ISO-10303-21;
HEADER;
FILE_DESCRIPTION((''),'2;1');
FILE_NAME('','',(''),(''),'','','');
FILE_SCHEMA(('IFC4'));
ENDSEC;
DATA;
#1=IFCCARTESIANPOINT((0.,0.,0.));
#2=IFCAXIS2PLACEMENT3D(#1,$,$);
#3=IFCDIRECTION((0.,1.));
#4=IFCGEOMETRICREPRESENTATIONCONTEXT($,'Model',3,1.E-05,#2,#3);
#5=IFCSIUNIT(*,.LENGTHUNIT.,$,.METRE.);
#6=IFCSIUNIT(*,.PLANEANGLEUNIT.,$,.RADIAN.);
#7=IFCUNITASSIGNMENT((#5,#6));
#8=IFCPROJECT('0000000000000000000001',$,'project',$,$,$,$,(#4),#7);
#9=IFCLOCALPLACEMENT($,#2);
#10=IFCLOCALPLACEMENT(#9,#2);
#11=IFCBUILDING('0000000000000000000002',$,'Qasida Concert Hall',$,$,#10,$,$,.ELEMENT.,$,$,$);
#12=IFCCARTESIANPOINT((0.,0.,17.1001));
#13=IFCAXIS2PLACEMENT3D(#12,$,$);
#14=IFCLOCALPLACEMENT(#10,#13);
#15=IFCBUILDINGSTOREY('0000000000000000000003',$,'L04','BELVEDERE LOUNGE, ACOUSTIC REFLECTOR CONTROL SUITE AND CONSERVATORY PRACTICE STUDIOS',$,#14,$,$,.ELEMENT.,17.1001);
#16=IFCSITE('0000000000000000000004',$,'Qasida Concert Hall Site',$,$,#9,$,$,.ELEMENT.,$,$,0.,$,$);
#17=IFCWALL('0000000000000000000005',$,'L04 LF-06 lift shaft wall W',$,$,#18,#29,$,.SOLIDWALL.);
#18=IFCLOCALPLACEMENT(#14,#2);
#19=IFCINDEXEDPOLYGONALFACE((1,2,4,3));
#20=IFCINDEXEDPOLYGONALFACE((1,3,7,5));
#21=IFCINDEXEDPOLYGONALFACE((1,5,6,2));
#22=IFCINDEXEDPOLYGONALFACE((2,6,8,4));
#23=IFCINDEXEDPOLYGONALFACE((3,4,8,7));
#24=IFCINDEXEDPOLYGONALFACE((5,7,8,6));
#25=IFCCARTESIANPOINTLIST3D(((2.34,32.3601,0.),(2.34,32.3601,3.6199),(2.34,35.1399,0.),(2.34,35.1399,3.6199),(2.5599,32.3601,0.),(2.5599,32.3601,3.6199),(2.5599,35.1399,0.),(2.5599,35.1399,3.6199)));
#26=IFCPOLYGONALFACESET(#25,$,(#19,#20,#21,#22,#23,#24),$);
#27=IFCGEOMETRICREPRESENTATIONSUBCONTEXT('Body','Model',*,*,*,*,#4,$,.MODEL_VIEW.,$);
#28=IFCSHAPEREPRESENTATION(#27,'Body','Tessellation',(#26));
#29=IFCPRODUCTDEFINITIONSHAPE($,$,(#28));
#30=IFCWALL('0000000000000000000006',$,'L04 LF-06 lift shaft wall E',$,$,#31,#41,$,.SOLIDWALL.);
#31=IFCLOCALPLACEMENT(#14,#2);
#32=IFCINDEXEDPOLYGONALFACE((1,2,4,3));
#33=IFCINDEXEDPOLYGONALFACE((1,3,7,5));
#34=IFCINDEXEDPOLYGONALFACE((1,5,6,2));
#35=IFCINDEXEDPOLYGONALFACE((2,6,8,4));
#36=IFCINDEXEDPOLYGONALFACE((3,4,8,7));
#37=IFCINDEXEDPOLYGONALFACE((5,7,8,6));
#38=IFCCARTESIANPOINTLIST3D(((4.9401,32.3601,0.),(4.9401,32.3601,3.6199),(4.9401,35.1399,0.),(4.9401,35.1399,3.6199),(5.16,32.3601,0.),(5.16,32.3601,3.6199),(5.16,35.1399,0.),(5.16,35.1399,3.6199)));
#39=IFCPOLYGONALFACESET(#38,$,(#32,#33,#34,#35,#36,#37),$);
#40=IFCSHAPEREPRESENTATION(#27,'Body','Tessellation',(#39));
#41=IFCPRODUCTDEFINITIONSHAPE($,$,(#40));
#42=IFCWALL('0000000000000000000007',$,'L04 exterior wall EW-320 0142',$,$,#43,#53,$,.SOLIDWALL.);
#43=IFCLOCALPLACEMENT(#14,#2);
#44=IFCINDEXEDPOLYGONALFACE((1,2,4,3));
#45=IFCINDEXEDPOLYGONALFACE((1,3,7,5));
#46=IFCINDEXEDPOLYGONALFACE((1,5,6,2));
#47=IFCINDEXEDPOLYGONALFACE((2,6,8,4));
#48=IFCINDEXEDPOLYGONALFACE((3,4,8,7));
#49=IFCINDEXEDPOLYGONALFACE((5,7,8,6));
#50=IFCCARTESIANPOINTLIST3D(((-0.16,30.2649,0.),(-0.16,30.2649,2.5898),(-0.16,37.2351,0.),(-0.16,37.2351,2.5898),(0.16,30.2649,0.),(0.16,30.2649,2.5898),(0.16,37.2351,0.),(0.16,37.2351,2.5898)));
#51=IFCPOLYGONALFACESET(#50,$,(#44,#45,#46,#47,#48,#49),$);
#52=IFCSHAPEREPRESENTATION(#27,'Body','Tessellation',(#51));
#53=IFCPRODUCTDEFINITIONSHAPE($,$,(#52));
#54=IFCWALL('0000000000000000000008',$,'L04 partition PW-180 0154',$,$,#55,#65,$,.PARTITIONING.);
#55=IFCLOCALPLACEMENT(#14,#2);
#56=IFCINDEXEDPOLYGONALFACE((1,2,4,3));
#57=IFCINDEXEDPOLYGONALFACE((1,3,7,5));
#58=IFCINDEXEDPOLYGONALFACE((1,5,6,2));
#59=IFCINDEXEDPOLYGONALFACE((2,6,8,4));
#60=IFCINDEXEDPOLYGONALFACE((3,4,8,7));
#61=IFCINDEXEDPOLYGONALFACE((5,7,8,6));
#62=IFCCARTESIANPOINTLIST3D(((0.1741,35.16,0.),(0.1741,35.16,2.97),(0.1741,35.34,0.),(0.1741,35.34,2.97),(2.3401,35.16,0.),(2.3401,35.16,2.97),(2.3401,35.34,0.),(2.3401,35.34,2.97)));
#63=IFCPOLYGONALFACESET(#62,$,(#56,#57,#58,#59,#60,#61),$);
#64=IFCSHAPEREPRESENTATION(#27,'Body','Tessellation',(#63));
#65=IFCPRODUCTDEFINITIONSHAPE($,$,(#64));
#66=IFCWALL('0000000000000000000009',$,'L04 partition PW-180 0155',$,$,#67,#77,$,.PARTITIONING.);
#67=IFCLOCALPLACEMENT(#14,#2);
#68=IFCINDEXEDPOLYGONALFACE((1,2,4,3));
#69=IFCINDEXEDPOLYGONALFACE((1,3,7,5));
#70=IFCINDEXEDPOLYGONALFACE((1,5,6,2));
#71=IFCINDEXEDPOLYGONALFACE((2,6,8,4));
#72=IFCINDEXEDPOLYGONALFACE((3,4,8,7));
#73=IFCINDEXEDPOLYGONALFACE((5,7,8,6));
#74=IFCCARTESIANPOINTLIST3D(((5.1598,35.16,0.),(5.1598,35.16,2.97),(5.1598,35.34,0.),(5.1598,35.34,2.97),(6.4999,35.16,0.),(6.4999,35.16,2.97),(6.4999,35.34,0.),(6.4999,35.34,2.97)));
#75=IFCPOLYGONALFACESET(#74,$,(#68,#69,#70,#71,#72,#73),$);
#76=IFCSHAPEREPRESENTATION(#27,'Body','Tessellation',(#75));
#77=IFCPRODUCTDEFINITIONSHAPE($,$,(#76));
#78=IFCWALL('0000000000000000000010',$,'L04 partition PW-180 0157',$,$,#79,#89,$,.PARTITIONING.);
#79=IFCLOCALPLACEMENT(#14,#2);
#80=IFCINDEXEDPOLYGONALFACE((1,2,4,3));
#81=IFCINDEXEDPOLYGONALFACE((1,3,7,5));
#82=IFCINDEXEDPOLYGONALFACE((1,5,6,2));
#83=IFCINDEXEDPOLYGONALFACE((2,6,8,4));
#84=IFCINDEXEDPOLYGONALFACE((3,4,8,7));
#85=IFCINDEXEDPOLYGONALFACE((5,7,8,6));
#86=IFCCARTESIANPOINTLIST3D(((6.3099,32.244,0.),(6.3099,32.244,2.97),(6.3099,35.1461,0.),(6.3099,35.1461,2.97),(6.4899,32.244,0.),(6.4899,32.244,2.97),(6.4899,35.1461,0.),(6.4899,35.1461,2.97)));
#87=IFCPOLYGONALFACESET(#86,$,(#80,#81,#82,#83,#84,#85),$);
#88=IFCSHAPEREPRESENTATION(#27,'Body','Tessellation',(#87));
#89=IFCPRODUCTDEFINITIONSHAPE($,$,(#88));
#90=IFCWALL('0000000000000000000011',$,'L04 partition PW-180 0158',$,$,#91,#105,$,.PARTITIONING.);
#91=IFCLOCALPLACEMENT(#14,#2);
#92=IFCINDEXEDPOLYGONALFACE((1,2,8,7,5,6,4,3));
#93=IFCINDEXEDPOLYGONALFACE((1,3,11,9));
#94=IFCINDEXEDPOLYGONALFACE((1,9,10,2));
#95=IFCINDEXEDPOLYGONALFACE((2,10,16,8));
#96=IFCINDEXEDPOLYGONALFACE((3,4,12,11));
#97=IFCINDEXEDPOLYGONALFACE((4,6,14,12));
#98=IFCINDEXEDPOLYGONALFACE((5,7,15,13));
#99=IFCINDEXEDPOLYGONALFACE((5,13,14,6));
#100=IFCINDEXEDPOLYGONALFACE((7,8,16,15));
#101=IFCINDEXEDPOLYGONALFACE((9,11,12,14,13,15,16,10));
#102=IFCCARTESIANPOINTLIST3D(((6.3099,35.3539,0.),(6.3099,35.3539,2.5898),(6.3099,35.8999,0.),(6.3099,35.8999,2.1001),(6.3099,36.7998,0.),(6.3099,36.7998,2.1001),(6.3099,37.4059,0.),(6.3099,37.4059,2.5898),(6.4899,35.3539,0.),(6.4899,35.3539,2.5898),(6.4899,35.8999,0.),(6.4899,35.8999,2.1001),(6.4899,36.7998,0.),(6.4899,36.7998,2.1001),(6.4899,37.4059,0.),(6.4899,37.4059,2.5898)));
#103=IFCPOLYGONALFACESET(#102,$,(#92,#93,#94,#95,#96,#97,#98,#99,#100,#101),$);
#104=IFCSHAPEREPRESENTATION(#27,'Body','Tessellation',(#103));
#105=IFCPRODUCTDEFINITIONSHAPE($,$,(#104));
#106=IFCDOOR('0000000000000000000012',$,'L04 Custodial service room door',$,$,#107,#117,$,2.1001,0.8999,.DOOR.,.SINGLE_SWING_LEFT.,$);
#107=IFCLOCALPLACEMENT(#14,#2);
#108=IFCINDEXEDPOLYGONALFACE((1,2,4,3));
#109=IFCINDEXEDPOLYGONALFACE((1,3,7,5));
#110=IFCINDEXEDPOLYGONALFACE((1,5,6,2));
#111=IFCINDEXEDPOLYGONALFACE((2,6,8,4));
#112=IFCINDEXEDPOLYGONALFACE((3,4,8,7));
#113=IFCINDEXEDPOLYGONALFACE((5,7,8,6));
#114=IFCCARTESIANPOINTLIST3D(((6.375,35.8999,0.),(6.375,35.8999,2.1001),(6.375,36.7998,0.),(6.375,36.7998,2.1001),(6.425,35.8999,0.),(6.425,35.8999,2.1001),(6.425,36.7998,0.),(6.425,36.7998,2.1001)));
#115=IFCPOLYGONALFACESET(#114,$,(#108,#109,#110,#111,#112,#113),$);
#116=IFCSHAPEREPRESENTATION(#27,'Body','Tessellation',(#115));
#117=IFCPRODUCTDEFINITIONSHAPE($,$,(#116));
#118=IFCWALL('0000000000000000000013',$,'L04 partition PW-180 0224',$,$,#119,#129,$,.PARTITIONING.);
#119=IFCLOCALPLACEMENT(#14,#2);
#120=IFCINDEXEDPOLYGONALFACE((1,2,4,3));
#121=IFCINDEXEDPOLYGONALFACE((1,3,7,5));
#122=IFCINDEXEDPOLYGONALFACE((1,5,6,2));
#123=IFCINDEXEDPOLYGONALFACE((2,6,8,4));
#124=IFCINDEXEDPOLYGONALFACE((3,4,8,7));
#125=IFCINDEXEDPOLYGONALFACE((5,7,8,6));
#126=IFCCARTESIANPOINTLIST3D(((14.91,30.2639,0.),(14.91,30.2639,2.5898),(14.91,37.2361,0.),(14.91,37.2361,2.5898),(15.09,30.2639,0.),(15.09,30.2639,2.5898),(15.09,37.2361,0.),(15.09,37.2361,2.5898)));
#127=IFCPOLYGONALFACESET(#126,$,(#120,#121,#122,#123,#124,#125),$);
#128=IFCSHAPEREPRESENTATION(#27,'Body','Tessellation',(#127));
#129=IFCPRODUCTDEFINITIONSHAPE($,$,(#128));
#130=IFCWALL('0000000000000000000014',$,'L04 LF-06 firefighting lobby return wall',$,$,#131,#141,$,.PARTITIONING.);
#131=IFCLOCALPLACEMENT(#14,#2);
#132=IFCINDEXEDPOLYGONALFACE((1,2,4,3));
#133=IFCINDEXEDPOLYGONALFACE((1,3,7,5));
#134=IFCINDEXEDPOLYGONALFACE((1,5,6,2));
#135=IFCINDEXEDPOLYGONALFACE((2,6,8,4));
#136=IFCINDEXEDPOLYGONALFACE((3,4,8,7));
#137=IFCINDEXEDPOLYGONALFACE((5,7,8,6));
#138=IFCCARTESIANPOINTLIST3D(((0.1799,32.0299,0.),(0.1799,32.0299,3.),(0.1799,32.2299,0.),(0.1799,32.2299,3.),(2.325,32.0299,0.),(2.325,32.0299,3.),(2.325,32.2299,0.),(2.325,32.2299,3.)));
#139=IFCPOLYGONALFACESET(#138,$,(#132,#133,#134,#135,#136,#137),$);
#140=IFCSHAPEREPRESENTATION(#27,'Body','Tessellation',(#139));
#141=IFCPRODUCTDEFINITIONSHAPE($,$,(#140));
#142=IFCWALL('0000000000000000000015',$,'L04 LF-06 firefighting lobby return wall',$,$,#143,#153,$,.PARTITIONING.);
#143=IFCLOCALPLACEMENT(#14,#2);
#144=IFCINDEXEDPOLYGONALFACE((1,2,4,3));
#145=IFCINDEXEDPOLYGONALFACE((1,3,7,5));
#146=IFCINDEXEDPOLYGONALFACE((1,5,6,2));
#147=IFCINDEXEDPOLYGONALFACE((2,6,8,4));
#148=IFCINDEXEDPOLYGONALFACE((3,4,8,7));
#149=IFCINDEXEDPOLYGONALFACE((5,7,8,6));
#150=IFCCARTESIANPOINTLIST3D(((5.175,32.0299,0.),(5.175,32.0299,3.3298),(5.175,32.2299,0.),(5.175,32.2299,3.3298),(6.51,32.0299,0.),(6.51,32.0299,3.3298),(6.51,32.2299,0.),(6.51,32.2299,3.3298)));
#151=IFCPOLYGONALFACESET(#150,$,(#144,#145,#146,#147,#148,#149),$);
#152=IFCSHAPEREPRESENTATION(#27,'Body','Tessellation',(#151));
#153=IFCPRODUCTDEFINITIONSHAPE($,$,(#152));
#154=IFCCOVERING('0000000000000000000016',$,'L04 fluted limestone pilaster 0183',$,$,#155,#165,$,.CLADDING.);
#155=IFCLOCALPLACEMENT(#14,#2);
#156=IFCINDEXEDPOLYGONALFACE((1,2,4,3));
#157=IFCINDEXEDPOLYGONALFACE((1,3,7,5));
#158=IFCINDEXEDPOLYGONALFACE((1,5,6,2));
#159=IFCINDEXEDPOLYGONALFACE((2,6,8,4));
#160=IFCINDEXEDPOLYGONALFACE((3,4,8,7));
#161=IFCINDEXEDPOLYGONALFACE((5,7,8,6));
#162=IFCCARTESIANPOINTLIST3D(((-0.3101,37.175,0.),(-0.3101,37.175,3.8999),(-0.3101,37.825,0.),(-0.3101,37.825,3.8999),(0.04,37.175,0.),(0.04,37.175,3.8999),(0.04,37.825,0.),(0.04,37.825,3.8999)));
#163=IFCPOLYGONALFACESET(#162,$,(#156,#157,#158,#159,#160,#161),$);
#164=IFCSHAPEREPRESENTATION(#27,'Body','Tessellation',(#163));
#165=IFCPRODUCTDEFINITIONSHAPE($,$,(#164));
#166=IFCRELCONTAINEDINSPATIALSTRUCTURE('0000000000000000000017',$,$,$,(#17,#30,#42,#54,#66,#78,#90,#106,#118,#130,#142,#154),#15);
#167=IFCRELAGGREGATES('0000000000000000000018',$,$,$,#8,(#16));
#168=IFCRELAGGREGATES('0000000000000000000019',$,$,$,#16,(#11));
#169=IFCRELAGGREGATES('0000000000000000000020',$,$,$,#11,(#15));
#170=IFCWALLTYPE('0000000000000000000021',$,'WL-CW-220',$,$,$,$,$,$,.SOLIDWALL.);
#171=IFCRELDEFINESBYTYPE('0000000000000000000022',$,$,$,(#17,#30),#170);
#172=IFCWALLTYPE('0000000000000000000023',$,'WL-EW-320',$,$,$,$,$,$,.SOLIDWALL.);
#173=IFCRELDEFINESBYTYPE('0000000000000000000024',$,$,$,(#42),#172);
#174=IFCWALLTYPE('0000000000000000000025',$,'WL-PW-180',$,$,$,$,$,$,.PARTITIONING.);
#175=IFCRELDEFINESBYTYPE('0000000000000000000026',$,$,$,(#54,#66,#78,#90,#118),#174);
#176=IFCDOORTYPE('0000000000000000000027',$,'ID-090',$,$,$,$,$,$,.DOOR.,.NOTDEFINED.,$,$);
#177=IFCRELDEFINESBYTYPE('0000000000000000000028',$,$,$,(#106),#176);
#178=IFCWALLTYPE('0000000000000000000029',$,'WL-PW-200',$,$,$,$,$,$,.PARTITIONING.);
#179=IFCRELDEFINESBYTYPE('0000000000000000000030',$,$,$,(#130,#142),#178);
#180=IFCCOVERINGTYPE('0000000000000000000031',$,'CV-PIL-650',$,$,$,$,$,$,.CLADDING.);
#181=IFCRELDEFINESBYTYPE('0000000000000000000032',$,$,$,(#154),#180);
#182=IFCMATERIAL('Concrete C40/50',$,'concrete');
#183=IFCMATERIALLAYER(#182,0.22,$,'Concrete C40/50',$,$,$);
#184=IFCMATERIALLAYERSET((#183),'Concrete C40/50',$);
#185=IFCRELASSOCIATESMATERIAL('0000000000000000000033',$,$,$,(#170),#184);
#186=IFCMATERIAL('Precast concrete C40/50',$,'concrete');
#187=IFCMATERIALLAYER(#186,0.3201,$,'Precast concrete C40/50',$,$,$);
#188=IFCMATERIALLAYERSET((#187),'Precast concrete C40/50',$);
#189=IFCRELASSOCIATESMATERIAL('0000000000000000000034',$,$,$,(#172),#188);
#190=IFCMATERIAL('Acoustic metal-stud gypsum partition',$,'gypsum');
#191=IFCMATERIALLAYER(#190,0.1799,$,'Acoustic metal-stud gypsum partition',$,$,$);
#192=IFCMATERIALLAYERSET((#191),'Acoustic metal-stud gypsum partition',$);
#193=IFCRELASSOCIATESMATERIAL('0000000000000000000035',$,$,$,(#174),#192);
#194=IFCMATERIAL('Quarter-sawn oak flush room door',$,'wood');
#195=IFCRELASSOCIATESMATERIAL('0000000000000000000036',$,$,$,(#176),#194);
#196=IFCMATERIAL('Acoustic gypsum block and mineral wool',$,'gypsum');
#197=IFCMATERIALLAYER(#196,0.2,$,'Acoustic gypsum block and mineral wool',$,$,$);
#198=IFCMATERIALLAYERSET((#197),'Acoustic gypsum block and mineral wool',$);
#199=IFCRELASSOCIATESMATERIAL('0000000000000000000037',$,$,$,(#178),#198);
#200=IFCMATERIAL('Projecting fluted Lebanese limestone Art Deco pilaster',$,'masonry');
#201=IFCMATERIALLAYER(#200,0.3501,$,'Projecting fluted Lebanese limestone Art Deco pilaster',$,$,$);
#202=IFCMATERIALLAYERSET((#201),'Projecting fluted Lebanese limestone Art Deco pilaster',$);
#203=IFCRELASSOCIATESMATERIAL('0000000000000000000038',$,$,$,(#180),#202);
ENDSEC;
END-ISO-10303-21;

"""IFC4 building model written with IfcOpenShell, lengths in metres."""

from ifc_helpers import new_model, si_unit, direction, frame, frame_2d, origin, origin_2d, place, context, subcontext, project, spatial, rectangle, extrude, material, layer, layer_set, type_object, element, fill, save


model = new_model("IFC4")

# Units and contexts
model_context = context("Model", 3, precision=1e-05, world=origin(), true_north=direction((0.0, 1.0)))
body_context = subcontext(model_context, "Body", "Model", "MODEL_VIEW")
ifc_project = project(units=[si_unit("LENGTHUNIT", "METRE"), si_unit("PLANEANGLEUNIT", "RADIAN")], contexts=[model_context])

# Site, building, storey
site_placement = place(None, origin())
site = spatial("IfcSite", under=ifc_project, at=site_placement, Name="Qasida Concert Hall Site", CompositionType="ELEMENT", RefElevation=0.0)
building_placement = place(site_placement, origin())
building = spatial("IfcBuilding", under=site, at=building_placement, Name="Qasida Concert Hall", CompositionType="ELEMENT")
storey_placement = place(building_placement, frame((0.0, 0.0, 17.1001)))
storey = spatial("IfcBuildingStorey", under=building, at=storey_placement, Name="L04", Description="BELVEDERE LOUNGE, ACOUSTIC REFLECTOR CONTROL SUITE AND CONSERVATORY PRACTICE STUDIOS", CompositionType="ELEMENT", Elevation=17.1001)

# Shared definitions
ifc_material_1 = material(Name="Concrete C40/50", Category="concrete")

# Shared definitions
ifc_layer_1 = layer(ifc_material_1, 0.22, Name="Concrete C40/50")
ifc_layer_set_1 = layer_set([ifc_layer_1], Name="Concrete C40/50")
wall_type_1 = type_object("IfcWallType", Name="WL-CW-220", PredefinedType="SOLIDWALL", material=ifc_layer_set_1)

# Walls
for number, where, z_axis, x_axis, name in (
    (1, (2.45, 32.3601, 0.0), (0.0, 0.0, 1.0), (0.0, 1.0, 0.0), "L04 LF-06 lift shaft wall W"),
    (2, (5.05, 32.3601, 0.0), (0.0, 0.0, 1.0), (0.0, 1.0, 0.0), "L04 LF-06 lift shaft wall E"),
):
    element("IfcWall", number, at=place(storey_placement, frame(where, z_axis=z_axis, x_axis=x_axis)), inside=storey, type_object=wall_type_1, Name=name, PredefinedType="SOLIDWALL", context=body_context, shape_type="SweptSolid", body=[
        extrude(rectangle(XDim=2.7798, YDim=0.22, at=frame_2d((1.3899, 0.0))), origin(), (0.0, 0.0, 1.0), 3.6199),
    ])

# Walls
ifc_material_2 = material(Name="Precast concrete C40/50", Category="concrete")
ifc_layer_2 = layer(ifc_material_2, 0.3201, Name="Precast concrete C40/50")
ifc_layer_set_2 = layer_set([ifc_layer_2], Name="Precast concrete C40/50")
wall_type_2 = type_object("IfcWallType", Name="WL-EW-320", PredefinedType="SOLIDWALL", material=ifc_layer_set_2)
wall_1_placement = place(storey_placement, frame((0.0, 30.2649, 0.0), z_axis=(0.0, 0.0, 1.0), x_axis=(0.0, 1.0, 0.0)))
element("IfcWall", 3, at=wall_1_placement, inside=storey, type_object=wall_type_2, Name="L04 exterior wall EW-320 0142", PredefinedType="SOLIDWALL", context=body_context, shape_type="SweptSolid", body=[
    extrude(rectangle(XDim=6.9702, YDim=0.3201, at=frame_2d((3.4851, 0.0))), origin(), (0.0, 0.0, 1.0), 2.5898),
])
ifc_material_3 = material(Name="Acoustic metal-stud gypsum partition", Category="gypsum")
ifc_layer_3 = layer(ifc_material_3, 0.1799, Name="Acoustic metal-stud gypsum partition")
ifc_layer_set_3 = layer_set([ifc_layer_3], Name="Acoustic metal-stud gypsum partition")
wall_type_3 = type_object("IfcWallType", Name="WL-PW-180", PredefinedType="PARTITIONING", material=ifc_layer_set_3)
wall_2_placement = place(storey_placement, frame((0.1741, 35.25, 0.0), z_axis=(0.0, 0.0, 1.0), x_axis=(1.0, 0.0, 0.0)))
element("IfcWall", 4, at=wall_2_placement, inside=storey, type_object=wall_type_3, Name="L04 partition PW-180 0154", PredefinedType="PARTITIONING", context=body_context, shape_type="SweptSolid", body=[
    extrude(rectangle(XDim=2.166, YDim=0.1799, at=frame_2d((1.083, 0.0))), origin(), (0.0, 0.0, 1.0), 2.97),
])
wall_3_placement = place(storey_placement, frame((5.1599, 35.25, 0.0), z_axis=(0.0, 0.0, 1.0), x_axis=(1.0, 0.0, 0.0)))
element("IfcWall", 5, at=wall_3_placement, inside=storey, type_object=wall_type_3, Name="L04 partition PW-180 0155", PredefinedType="PARTITIONING", context=body_context, shape_type="SweptSolid", body=[
    extrude(rectangle(XDim=1.3401, YDim=0.1799, at=frame_2d((0.6699, 0.0))), origin(), (0.0, 0.0, 1.0), 2.97),
])
wall_4_placement = place(storey_placement, frame((6.3999, 32.2439, 0.0), z_axis=(0.0, 0.0, 1.0), x_axis=(0.0, 1.0, 0.0)))
element("IfcWall", 6, at=wall_4_placement, inside=storey, type_object=wall_type_3, Name="L04 partition PW-180 0157", PredefinedType="PARTITIONING", context=body_context, shape_type="SweptSolid", body=[
    extrude(rectangle(XDim=2.9021, YDim=0.1799, at=frame_2d((1.4512, 0.0))), origin(), (0.0, 0.0, 1.0), 2.97),
])

# Wall, opening, door
wall_5_placement = place(storey_placement, frame((6.3999, 35.354, 0.0), z_axis=(0.0, 0.0, 1.0), x_axis=(0.0, 1.0, 0.0)))
wall_5 = element("IfcWall", 7, at=wall_5_placement, inside=storey, type_object=wall_type_3, Name="L04 partition PW-180 0158", PredefinedType="PARTITIONING", context=body_context, shape_type="SweptSolid", body=[
    extrude(rectangle(XDim=2.052, YDim=0.1799, at=frame_2d((1.0259, 0.0))), origin(), (0.0, 0.0, 1.0), 2.5898),
])
opening_1_placement = place(wall_5_placement, frame((0.5459, 0.0, 0.0)))
opening_1 = element("IfcOpeningElement", 8, at=opening_1_placement, cuts=wall_5, PredefinedType="OPENING", context=body_context, shape_type="SweptSolid", body=[
    extrude(rectangle(XDim=0.8999, YDim=2.1001, at=frame_2d((0.45, 1.05))), frame((0.0, 0.0999, 0.0), z_axis=(0.0, -1.0, 0.0), x_axis=(1.0, 0.0, 0.0)), (0.0, 0.0, 1.0), 0.2),
])
ifc_material_4 = material(Name="Quarter-sawn oak flush room door", Category="wood")
door_type_1 = type_object("IfcDoorType", Name="ID-090", OperationType="NOTDEFINED", PredefinedType="DOOR", material=ifc_material_4)
door_1_placement = place(opening_1_placement, origin())
door_1 = element("IfcDoor", 9, at=door_1_placement, inside=storey, type_object=door_type_1, Name="L04 Custodial service room door", OperationType="SINGLE_SWING_LEFT", OverallHeight=2.1001, OverallWidth=0.8999, PredefinedType="DOOR", context=body_context, shape_type="SweptSolid", body=[
    extrude(rectangle(XDim=0.8999, YDim=2.1001, at=frame_2d((0.45, 1.05))), frame((0.0, 0.0249, 0.0), z_axis=(0.0, -1.0, 0.0), x_axis=(1.0, 0.0, 0.0)), (0.0, 0.0, 1.0), 0.05),
])
fill(opening_1, door_1)

# Walls
wall_6_placement = place(storey_placement, frame((15.0, 30.2639, 0.0), z_axis=(0.0, 0.0, 1.0), x_axis=(0.0, 1.0, 0.0)))
element("IfcWall", 10, at=wall_6_placement, inside=storey, type_object=wall_type_3, Name="L04 partition PW-180 0224", PredefinedType="PARTITIONING", context=body_context, shape_type="SweptSolid", body=[
    extrude(rectangle(XDim=6.9722, YDim=0.1799, at=frame_2d((3.4861, 0.0))), origin(), (0.0, 0.0, 1.0), 2.5898),
])
ifc_material_5 = material(Name="Acoustic gypsum block and mineral wool", Category="gypsum")
ifc_layer_4 = layer(ifc_material_5, 0.2, Name="Acoustic gypsum block and mineral wool")
ifc_layer_set_4 = layer_set([ifc_layer_4], Name="Acoustic gypsum block and mineral wool")
wall_type_4 = type_object("IfcWallType", Name="WL-PW-200", PredefinedType="PARTITIONING", material=ifc_layer_set_4)
wall_7_placement = place(storey_placement, frame((0.1799, 32.1299, 0.0), z_axis=(0.0, 0.0, 1.0), x_axis=(1.0, 0.0, 0.0)))
element("IfcWall", 11, at=wall_7_placement, inside=storey, type_object=wall_type_4, Name="L04 LF-06 firefighting lobby return wall", PredefinedType="PARTITIONING", context=body_context, shape_type="SweptSolid", body=[
    extrude(rectangle(XDim=2.145, YDim=0.2, at=frame_2d((1.0725, 0.0))), origin(), (0.0, 0.0, 1.0), 3.0),
])
wall_8_placement = place(storey_placement, frame((5.175, 32.1299, 0.0), z_axis=(0.0, 0.0, 1.0), x_axis=(1.0, 0.0, 0.0)))
element("IfcWall", 12, at=wall_8_placement, inside=storey, type_object=wall_type_4, Name="L04 LF-06 firefighting lobby return wall", PredefinedType="PARTITIONING", context=body_context, shape_type="SweptSolid", body=[
    extrude(rectangle(XDim=1.335, YDim=0.2, at=frame_2d((0.6675, 0.0))), origin(), (0.0, 0.0, 1.0), 3.3298),
])

# Covering
ifc_material_6 = material(Name="Projecting fluted Lebanese limestone Art Deco pilaster", Category="masonry")
ifc_layer_5 = layer(ifc_material_6, 0.3501, Name="Projecting fluted Lebanese limestone Art Deco pilaster")
ifc_layer_set_5 = layer_set([ifc_layer_5], Name="Projecting fluted Lebanese limestone Art Deco pilaster")
covering_type = type_object("IfcCoveringType", Name="CV-PIL-650", PredefinedType="CLADDING", material=ifc_layer_set_5)
covering_placement = place(storey_placement, frame((-0.135, 37.5, 0.0), z_axis=(0.0, 0.0, 1.0), x_axis=(1.0, 0.0, 0.0)))
element("IfcCovering", 13, at=covering_placement, inside=storey, type_object=covering_type, Name="L04 fluted limestone pilaster 0183", PredefinedType="CLADDING", context=body_context, shape_type="SweptSolid", body=[
    extrude(rectangle(XDim=0.3501, YDim=0.6499, at=origin_2d()), origin(), (0.0, 0.0, 1.0), 3.8999),
])

save(model, "model.ifc")
